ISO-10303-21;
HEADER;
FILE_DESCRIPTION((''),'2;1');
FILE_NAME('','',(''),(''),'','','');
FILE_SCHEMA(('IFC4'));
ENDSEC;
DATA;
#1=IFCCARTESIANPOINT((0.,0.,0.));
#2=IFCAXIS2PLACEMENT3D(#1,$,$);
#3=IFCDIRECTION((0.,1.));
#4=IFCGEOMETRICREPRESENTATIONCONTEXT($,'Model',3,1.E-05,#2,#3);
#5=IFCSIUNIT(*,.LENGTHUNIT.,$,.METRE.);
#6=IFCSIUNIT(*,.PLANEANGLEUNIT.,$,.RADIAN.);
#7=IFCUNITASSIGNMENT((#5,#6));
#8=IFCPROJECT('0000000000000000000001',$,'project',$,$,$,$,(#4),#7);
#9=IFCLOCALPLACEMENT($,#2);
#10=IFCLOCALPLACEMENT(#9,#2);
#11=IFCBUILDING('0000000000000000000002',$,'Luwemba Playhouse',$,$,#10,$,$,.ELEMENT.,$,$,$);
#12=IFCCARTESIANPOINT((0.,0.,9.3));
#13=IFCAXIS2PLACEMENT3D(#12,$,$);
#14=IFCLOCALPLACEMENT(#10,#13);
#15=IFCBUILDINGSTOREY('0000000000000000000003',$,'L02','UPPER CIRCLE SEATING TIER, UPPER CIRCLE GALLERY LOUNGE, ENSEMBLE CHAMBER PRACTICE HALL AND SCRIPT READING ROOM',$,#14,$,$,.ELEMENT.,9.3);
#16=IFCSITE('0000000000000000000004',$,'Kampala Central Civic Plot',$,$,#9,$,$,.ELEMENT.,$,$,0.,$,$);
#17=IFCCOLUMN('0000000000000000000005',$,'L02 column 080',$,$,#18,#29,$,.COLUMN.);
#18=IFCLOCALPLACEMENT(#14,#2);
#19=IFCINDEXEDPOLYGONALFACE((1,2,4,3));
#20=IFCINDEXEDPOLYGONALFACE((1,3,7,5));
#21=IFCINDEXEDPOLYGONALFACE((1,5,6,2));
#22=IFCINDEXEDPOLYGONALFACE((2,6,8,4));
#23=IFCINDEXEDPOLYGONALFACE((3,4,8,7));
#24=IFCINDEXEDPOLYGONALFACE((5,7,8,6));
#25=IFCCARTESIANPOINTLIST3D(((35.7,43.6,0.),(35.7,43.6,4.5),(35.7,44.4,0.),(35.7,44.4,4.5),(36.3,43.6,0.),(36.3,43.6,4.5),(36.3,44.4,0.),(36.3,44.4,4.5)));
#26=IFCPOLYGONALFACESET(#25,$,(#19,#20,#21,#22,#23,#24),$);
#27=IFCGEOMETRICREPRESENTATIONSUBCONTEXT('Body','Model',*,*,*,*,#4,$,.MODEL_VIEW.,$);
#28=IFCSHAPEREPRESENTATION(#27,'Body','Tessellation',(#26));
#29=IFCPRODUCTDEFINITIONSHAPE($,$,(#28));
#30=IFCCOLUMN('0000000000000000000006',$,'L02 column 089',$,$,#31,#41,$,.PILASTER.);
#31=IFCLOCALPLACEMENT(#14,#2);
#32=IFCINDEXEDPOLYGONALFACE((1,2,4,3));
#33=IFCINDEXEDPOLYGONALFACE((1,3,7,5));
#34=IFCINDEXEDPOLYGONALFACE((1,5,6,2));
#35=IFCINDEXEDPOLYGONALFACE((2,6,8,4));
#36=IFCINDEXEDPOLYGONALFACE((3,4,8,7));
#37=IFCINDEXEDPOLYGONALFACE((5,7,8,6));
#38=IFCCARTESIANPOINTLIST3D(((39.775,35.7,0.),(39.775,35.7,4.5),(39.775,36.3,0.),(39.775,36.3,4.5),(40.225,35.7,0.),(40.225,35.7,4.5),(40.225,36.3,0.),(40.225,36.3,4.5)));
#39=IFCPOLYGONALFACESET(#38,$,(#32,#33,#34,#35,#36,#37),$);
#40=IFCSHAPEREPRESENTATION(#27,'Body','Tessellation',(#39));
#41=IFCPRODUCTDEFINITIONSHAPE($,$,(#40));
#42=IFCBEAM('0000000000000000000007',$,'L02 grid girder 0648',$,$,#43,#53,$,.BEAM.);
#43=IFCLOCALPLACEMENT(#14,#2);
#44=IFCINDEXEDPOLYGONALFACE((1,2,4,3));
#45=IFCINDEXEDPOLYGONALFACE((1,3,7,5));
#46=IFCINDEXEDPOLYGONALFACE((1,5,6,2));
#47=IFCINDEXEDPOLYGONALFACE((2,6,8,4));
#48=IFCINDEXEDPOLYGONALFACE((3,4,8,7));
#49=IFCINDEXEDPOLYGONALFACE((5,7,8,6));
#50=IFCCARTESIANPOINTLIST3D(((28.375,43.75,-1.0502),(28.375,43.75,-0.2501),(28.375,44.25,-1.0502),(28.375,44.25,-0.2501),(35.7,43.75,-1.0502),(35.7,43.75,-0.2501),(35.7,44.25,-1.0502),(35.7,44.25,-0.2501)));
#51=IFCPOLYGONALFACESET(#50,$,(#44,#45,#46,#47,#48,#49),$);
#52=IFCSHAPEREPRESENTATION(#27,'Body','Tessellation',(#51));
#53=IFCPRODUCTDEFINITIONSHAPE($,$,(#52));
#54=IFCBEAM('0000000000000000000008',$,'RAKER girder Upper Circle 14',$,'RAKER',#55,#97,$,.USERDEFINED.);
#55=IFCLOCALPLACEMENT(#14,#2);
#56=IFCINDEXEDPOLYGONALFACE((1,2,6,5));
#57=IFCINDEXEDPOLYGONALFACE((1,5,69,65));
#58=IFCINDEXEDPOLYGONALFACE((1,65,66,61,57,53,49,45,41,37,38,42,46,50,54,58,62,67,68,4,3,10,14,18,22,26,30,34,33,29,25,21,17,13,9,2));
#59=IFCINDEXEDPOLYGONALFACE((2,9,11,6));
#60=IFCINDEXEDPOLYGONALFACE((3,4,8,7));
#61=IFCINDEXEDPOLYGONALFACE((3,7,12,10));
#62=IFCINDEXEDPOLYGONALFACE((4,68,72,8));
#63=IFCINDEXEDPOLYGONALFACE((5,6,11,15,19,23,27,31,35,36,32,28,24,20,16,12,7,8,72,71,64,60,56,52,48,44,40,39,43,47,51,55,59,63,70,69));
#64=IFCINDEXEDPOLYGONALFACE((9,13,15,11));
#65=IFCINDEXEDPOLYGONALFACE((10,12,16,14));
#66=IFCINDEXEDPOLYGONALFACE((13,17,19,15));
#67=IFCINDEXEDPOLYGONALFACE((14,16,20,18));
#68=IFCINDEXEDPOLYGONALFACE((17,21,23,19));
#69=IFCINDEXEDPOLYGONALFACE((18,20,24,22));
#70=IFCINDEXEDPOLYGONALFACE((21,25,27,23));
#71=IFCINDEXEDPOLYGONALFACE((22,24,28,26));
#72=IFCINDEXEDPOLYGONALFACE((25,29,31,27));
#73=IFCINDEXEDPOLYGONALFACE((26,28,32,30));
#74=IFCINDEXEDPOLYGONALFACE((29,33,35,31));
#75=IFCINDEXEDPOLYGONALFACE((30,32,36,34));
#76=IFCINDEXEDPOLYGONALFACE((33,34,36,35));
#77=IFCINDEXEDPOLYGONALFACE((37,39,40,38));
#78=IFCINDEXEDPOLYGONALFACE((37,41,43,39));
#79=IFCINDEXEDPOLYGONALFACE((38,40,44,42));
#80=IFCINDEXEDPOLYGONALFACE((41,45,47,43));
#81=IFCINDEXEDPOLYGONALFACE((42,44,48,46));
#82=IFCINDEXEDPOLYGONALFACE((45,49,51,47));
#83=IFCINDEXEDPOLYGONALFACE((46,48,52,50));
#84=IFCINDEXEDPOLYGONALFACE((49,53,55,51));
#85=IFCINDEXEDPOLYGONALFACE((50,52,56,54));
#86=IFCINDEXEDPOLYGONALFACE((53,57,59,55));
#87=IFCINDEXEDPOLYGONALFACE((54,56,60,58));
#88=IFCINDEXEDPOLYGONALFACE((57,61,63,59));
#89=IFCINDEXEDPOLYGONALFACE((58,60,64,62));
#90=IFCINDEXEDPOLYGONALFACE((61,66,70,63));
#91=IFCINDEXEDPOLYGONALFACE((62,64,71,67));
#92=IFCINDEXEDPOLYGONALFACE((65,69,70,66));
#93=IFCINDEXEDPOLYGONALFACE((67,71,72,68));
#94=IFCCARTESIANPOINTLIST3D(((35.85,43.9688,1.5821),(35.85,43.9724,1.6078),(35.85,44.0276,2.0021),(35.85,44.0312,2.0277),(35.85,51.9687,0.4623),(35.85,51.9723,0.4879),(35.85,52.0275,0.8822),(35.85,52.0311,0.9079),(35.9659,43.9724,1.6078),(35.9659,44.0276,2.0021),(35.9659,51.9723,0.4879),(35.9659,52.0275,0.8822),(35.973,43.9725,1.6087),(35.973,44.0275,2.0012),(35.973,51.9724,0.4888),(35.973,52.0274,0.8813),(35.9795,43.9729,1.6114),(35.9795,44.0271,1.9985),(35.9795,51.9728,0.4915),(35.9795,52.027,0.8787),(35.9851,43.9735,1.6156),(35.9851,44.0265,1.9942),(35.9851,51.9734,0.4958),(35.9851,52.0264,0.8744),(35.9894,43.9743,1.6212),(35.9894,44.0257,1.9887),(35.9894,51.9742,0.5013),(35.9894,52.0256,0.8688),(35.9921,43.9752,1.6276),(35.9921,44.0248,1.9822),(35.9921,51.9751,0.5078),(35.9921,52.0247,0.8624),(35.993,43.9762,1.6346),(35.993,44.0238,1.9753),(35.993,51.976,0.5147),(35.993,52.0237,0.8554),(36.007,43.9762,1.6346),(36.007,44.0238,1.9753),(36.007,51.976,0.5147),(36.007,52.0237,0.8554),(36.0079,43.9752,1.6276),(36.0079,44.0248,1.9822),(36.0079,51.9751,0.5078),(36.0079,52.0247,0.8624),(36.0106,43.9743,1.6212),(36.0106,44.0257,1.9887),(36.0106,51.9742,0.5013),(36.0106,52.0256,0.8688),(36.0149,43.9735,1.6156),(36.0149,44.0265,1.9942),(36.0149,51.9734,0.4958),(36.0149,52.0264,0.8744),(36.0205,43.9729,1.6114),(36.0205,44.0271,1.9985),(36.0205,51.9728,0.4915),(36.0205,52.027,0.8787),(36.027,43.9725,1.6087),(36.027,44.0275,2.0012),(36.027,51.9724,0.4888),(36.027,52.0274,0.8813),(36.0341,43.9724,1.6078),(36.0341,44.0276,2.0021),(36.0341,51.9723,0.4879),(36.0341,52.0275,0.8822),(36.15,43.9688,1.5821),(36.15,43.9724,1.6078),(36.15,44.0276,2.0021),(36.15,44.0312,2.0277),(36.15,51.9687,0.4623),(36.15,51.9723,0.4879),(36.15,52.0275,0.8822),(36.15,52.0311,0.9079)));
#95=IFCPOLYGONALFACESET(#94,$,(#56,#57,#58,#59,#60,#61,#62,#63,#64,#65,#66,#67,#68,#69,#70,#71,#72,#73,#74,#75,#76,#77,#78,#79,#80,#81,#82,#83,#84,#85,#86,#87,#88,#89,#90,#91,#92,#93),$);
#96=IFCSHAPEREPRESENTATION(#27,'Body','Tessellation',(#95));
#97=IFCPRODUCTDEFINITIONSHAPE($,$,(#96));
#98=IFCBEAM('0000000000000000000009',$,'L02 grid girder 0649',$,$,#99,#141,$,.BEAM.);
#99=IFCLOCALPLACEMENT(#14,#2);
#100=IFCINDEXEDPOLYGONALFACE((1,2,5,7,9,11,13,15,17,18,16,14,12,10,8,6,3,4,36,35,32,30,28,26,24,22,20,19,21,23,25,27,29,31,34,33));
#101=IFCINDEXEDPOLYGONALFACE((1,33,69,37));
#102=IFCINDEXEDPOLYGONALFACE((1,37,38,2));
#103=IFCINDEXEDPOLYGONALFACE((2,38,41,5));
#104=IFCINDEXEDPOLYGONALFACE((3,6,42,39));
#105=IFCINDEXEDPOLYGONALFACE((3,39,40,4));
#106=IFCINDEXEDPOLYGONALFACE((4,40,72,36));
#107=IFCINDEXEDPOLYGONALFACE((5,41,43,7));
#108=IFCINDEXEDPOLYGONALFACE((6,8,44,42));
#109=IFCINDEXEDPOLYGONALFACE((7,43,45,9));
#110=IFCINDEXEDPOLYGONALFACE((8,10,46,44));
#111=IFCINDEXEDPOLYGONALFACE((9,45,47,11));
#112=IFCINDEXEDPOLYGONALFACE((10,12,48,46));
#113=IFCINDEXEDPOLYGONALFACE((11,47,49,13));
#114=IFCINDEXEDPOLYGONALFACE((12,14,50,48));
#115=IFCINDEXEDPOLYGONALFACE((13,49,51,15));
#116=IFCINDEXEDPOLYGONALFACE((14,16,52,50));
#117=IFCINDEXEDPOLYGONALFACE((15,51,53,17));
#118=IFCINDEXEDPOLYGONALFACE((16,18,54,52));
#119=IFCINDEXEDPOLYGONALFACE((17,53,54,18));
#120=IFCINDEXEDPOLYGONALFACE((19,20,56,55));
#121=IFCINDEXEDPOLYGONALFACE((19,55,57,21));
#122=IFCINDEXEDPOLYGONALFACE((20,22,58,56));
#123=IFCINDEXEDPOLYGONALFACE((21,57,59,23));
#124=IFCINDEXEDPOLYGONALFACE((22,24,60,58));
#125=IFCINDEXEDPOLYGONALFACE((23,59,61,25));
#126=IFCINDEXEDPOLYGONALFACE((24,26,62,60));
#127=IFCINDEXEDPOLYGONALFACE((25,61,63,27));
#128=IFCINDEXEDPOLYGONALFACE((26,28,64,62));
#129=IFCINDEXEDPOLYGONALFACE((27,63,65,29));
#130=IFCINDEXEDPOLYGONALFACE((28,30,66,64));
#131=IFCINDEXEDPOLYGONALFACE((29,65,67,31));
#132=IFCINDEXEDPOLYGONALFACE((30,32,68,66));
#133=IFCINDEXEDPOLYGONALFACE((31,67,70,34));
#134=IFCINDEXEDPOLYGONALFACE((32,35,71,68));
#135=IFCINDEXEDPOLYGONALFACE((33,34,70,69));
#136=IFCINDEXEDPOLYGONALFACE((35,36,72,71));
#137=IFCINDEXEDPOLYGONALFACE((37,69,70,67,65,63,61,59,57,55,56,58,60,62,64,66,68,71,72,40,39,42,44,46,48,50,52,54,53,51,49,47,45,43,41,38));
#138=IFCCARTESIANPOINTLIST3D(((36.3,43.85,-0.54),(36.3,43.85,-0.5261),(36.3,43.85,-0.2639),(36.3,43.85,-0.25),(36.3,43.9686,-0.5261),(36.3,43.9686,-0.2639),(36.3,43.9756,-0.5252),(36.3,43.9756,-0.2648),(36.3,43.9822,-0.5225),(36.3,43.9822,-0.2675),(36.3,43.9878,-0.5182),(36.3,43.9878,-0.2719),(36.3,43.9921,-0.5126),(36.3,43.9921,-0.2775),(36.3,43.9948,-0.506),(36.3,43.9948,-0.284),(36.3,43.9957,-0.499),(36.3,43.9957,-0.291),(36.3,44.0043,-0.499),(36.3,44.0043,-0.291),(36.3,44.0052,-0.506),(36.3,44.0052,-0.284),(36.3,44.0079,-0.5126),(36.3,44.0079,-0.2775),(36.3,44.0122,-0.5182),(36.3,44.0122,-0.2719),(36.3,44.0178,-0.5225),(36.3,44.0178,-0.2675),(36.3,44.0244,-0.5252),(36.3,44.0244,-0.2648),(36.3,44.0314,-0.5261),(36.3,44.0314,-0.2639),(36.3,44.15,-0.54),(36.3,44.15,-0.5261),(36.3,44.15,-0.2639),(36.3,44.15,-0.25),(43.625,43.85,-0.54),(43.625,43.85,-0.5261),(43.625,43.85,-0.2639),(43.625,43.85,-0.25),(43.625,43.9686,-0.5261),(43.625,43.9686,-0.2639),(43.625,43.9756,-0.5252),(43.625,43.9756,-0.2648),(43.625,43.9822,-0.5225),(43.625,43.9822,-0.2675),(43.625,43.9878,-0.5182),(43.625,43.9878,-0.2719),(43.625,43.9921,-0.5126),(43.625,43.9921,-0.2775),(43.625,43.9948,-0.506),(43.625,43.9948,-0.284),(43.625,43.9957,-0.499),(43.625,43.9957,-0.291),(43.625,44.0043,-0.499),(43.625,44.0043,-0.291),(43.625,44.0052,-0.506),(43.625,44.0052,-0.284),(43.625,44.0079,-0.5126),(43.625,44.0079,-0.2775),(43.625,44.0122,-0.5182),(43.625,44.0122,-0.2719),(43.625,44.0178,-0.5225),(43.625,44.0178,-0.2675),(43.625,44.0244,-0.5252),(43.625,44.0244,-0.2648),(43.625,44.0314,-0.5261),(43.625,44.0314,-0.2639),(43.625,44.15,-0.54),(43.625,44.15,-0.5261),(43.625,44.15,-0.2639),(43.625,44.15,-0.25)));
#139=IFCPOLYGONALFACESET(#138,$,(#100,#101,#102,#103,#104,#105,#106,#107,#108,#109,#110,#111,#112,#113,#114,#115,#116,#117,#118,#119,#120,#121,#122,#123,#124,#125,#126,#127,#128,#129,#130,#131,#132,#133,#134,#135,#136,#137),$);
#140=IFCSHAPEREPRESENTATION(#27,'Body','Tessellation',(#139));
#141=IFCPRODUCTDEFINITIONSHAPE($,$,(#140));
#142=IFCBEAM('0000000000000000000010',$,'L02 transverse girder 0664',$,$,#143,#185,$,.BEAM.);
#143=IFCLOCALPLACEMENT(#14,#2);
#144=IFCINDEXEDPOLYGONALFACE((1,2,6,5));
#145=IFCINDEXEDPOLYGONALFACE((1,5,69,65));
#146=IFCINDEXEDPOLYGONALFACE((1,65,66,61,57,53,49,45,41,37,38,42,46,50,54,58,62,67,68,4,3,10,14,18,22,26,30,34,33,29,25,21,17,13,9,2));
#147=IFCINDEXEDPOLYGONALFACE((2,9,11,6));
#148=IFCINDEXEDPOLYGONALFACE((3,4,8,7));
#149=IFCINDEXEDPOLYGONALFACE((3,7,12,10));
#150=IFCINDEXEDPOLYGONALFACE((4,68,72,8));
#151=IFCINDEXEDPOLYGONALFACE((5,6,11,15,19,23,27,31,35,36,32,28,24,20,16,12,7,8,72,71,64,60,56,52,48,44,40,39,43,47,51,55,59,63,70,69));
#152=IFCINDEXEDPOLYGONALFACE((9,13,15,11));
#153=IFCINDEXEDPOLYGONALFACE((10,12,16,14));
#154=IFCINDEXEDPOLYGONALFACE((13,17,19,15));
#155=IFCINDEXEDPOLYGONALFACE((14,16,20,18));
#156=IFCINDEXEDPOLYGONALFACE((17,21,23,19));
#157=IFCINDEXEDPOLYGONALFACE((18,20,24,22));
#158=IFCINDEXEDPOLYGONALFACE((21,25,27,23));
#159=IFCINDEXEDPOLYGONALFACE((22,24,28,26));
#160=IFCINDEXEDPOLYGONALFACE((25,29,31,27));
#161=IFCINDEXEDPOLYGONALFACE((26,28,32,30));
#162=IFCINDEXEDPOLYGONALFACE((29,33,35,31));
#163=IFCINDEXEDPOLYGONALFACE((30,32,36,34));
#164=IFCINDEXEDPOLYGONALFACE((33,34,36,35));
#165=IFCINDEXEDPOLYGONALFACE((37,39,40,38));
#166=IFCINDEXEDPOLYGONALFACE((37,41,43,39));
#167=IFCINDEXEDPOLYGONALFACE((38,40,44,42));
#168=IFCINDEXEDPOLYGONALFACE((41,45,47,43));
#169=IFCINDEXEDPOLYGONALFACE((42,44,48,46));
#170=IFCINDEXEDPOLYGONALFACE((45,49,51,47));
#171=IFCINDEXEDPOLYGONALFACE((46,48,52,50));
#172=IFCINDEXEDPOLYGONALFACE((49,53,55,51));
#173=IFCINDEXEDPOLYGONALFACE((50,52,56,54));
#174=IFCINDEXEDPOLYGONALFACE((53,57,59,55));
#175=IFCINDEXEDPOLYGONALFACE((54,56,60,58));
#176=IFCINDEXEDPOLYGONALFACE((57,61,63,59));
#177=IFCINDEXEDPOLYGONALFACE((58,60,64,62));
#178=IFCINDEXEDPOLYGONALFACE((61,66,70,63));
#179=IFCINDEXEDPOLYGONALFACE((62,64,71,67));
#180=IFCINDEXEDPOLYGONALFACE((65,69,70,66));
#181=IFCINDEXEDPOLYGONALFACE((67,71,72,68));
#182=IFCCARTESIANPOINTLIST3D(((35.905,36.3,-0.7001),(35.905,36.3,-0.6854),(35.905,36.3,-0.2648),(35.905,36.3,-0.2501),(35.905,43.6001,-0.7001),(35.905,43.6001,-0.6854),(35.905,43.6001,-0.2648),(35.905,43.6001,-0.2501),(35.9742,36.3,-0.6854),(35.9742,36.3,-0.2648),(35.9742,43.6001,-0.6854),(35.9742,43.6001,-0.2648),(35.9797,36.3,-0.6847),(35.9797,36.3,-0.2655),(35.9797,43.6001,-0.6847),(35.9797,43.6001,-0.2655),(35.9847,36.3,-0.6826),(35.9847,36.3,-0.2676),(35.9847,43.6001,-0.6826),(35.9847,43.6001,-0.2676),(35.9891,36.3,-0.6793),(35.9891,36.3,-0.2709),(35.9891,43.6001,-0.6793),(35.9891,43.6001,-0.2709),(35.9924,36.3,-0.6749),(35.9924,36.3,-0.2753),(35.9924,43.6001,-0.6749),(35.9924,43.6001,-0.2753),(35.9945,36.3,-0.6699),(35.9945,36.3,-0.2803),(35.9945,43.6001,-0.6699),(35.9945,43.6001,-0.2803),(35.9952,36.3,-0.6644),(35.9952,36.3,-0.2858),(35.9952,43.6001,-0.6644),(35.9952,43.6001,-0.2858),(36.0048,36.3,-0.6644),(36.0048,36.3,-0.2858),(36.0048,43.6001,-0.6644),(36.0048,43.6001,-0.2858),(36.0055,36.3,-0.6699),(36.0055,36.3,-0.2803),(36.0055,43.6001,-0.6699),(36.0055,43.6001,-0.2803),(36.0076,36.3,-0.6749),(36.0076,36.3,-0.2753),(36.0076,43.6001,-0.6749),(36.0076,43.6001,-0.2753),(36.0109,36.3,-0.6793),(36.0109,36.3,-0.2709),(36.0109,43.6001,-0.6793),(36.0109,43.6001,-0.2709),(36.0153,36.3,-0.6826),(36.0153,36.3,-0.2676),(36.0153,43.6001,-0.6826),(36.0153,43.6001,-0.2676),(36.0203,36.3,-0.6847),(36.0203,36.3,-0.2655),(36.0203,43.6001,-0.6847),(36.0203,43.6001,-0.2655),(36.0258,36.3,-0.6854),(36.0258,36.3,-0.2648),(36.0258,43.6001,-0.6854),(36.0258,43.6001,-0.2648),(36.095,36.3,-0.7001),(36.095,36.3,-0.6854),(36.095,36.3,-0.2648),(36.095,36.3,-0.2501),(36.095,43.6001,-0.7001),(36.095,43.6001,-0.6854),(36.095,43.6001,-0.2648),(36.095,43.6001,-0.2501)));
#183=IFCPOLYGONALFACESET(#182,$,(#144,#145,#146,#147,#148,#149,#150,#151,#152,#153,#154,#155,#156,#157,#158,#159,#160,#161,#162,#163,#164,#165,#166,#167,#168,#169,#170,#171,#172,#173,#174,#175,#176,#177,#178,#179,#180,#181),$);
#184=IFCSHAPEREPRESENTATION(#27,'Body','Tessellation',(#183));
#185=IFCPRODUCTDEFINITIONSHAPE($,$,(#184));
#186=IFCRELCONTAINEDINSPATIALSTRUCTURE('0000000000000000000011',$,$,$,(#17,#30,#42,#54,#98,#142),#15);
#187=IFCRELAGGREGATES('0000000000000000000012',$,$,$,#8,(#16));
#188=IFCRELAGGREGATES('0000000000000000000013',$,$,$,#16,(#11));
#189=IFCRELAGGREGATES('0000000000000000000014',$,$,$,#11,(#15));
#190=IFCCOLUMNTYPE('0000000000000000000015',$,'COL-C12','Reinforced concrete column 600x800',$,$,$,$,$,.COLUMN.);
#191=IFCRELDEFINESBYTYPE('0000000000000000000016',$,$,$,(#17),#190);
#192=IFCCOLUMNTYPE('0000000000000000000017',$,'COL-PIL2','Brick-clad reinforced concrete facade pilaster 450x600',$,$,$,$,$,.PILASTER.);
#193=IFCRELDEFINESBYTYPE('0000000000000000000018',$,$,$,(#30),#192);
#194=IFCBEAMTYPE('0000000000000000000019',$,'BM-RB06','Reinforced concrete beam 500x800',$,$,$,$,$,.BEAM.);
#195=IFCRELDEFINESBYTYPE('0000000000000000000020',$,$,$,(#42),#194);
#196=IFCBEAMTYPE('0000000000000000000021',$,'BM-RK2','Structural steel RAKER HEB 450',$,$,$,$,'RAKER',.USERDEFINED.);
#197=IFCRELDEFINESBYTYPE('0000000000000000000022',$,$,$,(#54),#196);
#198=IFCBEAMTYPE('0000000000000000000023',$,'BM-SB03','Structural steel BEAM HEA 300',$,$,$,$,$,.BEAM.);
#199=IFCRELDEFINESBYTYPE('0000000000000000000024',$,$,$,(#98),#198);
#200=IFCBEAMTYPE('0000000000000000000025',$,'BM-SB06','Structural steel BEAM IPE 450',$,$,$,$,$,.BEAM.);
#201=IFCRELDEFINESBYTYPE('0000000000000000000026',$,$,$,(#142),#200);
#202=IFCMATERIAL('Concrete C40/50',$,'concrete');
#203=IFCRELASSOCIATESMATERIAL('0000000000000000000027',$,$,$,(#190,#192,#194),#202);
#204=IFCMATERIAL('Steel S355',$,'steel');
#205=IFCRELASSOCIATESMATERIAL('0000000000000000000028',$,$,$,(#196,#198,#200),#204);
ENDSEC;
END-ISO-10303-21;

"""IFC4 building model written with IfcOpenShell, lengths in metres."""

from ifc_helpers import new_model, si_unit, direction, frame, origin, origin_2d, place, context, subcontext, project, spatial, rectangle, i_section, extrude, material, material_profile, profile_set, type_object, element, save


model = new_model("IFC4")

# Units and contexts
model_context = context("Model", 3, precision=1e-05, world=origin(), true_north=direction((0.0, 1.0)))
body_context = subcontext(model_context, "Body", "Model", "MODEL_VIEW")
ifc_project = project(units=[si_unit("LENGTHUNIT", "METRE"), si_unit("PLANEANGLEUNIT", "RADIAN")], contexts=[model_context])

# Site, building, storey
site_placement = place(None, origin())
site = spatial("IfcSite", under=ifc_project, at=site_placement, Name="Kampala Central Civic Plot", CompositionType="ELEMENT", RefElevation=0.0)
building_placement = place(site_placement, origin())
building = spatial("IfcBuilding", under=site, at=building_placement, Name="Luwemba Playhouse", CompositionType="ELEMENT")
storey_placement = place(building_placement, frame((0.0, 0.0, 9.3)))
storey = spatial("IfcBuildingStorey", under=building, at=storey_placement, Name="L02", Description="UPPER CIRCLE SEATING TIER, UPPER CIRCLE GALLERY LOUNGE, ENSEMBLE CHAMBER PRACTICE HALL AND SCRIPT READING ROOM", CompositionType="ELEMENT", Elevation=9.3)

# Columns
ifc_material_1 = material(Name="Concrete C40/50", Category="concrete")
ifc_material_profile_1 = material_profile(ifc_material_1, rectangle(XDim=0.6001, YDim=0.8, at=origin_2d()))
ifc_profile_set_1 = profile_set([ifc_material_profile_1], Name="Concrete C40/50")
column_type_1 = type_object("IfcColumnType", Name="COL-C12", Description="Reinforced concrete column 600x800", PredefinedType="COLUMN", material=ifc_profile_set_1)
column_1_placement = place(storey_placement, frame((36.0, 44.0, 0.0), z_axis=(0.0, 0.0, 1.0), x_axis=(1.0, 0.0, 0.0)))
element("IfcColumn", 1, at=column_1_placement, inside=storey, type_object=column_type_1, Name="L02 column 080", PredefinedType="COLUMN", context=body_context, shape_type="SweptSolid", body=[
    extrude(rectangle(XDim=0.6001, YDim=0.8, at=origin_2d()), origin(), (0.0, 0.0, 1.0), 4.5),
])
ifc_material_profile_2 = material_profile(ifc_material_1, rectangle(XDim=0.45, YDim=0.6001, at=origin_2d()))
ifc_profile_set_2 = profile_set([ifc_material_profile_2], Name="Concrete C40/50")
column_type_2 = type_object("IfcColumnType", Name="COL-PIL2", Description="Brick-clad reinforced concrete facade pilaster 450x600", PredefinedType="PILASTER", material=ifc_profile_set_2)
column_2_placement = place(storey_placement, frame((40.0, 36.0, 0.0), z_axis=(0.0, 0.0, 1.0), x_axis=(1.0, 0.0, 0.0)))
element("IfcColumn", 2, at=column_2_placement, inside=storey, type_object=column_type_2, Name="L02 column 089", PredefinedType="PILASTER", context=body_context, shape_type="SweptSolid", body=[
    extrude(rectangle(XDim=0.45, YDim=0.6001, at=origin_2d()), origin(), (0.0, 0.0, 1.0), 4.5),
])

# Beams
ifc_material_profile_3 = material_profile(ifc_material_1, rectangle(XDim=0.5, YDim=0.8, at=origin_2d()))
ifc_profile_set_3 = profile_set([ifc_material_profile_3], Name="Concrete C40/50")
beam_type_1 = type_object("IfcBeamType", Name="BM-RB06", Description="Reinforced concrete beam 500x800", PredefinedType="BEAM", material=ifc_profile_set_3)
beam_1_placement = place(storey_placement, frame((28.375, 44.0, -0.6501), z_axis=(1.0, 0.0, 0.0), x_axis=(0.0, 1.0, 0.0)))
element("IfcBeam", 3, at=beam_1_placement, inside=storey, type_object=beam_type_1, Name="L02 grid girder 0648", PredefinedType="BEAM", context=body_context, shape_type="SweptSolid", body=[
    extrude(rectangle(XDim=0.5, YDim=0.8, at=origin_2d()), origin(), (0.0, 0.0, 1.0), 7.325),
])
ifc_material_2 = material(Name="Steel S355", Category="steel")
ifc_material_profile_4 = material_profile(ifc_material_2, i_section(OverallWidth=0.3, OverallDepth=0.45, WebThickness=0.0139, FlangeThickness=0.0259, FilletRadius=0.0271, at=origin_2d()))
ifc_profile_set_4 = profile_set([ifc_material_profile_4], Name="Steel S355")
beam_type_2 = type_object("IfcBeamType", Name="BM-RK2", Description="Structural steel RAKER HEB 450", ElementType="RAKER", PredefinedType="USERDEFINED", material=ifc_profile_set_4)
beam_2_placement = place(storey_placement, frame((36.0, 44.0, 1.8049), z_axis=(0.0, 0.990344, -0.138632), x_axis=(-1.0, 0.0, 0.0)))
element("IfcBeam", 4, at=beam_2_placement, inside=storey, type_object=beam_type_2, Name="RAKER girder Upper Circle 14", ObjectType="RAKER", PredefinedType="USERDEFINED", context=body_context, shape_type="SweptSolid", body=[
    extrude(i_section(OverallWidth=0.3, OverallDepth=0.45, WebThickness=0.0139, FlangeThickness=0.0259, FilletRadius=0.0271, at=origin_2d()), origin(), (0.0, 0.0, 1.0), 8.0779),
])
ifc_material_profile_5 = material_profile(ifc_material_2, i_section(OverallWidth=0.3, OverallDepth=0.29, WebThickness=0.0085, FlangeThickness=0.0139, FilletRadius=0.0271, at=origin_2d()))
ifc_profile_set_5 = profile_set([ifc_material_profile_5], Name="Steel S355")
beam_type_3 = type_object("IfcBeamType", Name="BM-SB03", Description="Structural steel BEAM HEA 300", PredefinedType="BEAM", material=ifc_profile_set_5)
beam_3_placement = place(storey_placement, frame((36.3, 44.0, -0.395), z_axis=(1.0, 0.0, 0.0), x_axis=(0.0, 1.0, 0.0)))
element("IfcBeam", 5, at=beam_3_placement, inside=storey, type_object=beam_type_3, Name="L02 grid girder 0649", PredefinedType="BEAM", context=body_context, shape_type="SweptSolid", body=[
    extrude(i_section(OverallWidth=0.3, OverallDepth=0.29, WebThickness=0.0085, FlangeThickness=0.0139, FilletRadius=0.0271, at=origin_2d()), origin(), (0.0, 0.0, 1.0), 7.325),
])
ifc_material_profile_6 = material_profile(ifc_material_2, i_section(OverallWidth=0.1899, OverallDepth=0.45, WebThickness=0.0095, FlangeThickness=0.0146, FilletRadius=0.021, at=origin_2d()))
ifc_profile_set_6 = profile_set([ifc_material_profile_6], Name="Steel S355")
beam_type_4 = type_object("IfcBeamType", Name="BM-SB06", Description="Structural steel BEAM IPE 450", PredefinedType="BEAM", material=ifc_profile_set_6)
beam_4_placement = place(storey_placement, frame((36.0, 36.3, -0.4751), z_axis=(0.0, 1.0, 0.0), x_axis=(-1.0, 0.0, 0.0)))
element("IfcBeam", 6, at=beam_4_placement, inside=storey, type_object=beam_type_4, Name="L02 transverse girder 0664", PredefinedType="BEAM", context=body_context, shape_type="SweptSolid", body=[
    extrude(i_section(OverallWidth=0.1899, OverallDepth=0.45, WebThickness=0.0095, FlangeThickness=0.0146, FilletRadius=0.021, at=origin_2d()), origin(), (0.0, 0.0, 1.0), 7.3),
])

save(model, "model.ifc")
